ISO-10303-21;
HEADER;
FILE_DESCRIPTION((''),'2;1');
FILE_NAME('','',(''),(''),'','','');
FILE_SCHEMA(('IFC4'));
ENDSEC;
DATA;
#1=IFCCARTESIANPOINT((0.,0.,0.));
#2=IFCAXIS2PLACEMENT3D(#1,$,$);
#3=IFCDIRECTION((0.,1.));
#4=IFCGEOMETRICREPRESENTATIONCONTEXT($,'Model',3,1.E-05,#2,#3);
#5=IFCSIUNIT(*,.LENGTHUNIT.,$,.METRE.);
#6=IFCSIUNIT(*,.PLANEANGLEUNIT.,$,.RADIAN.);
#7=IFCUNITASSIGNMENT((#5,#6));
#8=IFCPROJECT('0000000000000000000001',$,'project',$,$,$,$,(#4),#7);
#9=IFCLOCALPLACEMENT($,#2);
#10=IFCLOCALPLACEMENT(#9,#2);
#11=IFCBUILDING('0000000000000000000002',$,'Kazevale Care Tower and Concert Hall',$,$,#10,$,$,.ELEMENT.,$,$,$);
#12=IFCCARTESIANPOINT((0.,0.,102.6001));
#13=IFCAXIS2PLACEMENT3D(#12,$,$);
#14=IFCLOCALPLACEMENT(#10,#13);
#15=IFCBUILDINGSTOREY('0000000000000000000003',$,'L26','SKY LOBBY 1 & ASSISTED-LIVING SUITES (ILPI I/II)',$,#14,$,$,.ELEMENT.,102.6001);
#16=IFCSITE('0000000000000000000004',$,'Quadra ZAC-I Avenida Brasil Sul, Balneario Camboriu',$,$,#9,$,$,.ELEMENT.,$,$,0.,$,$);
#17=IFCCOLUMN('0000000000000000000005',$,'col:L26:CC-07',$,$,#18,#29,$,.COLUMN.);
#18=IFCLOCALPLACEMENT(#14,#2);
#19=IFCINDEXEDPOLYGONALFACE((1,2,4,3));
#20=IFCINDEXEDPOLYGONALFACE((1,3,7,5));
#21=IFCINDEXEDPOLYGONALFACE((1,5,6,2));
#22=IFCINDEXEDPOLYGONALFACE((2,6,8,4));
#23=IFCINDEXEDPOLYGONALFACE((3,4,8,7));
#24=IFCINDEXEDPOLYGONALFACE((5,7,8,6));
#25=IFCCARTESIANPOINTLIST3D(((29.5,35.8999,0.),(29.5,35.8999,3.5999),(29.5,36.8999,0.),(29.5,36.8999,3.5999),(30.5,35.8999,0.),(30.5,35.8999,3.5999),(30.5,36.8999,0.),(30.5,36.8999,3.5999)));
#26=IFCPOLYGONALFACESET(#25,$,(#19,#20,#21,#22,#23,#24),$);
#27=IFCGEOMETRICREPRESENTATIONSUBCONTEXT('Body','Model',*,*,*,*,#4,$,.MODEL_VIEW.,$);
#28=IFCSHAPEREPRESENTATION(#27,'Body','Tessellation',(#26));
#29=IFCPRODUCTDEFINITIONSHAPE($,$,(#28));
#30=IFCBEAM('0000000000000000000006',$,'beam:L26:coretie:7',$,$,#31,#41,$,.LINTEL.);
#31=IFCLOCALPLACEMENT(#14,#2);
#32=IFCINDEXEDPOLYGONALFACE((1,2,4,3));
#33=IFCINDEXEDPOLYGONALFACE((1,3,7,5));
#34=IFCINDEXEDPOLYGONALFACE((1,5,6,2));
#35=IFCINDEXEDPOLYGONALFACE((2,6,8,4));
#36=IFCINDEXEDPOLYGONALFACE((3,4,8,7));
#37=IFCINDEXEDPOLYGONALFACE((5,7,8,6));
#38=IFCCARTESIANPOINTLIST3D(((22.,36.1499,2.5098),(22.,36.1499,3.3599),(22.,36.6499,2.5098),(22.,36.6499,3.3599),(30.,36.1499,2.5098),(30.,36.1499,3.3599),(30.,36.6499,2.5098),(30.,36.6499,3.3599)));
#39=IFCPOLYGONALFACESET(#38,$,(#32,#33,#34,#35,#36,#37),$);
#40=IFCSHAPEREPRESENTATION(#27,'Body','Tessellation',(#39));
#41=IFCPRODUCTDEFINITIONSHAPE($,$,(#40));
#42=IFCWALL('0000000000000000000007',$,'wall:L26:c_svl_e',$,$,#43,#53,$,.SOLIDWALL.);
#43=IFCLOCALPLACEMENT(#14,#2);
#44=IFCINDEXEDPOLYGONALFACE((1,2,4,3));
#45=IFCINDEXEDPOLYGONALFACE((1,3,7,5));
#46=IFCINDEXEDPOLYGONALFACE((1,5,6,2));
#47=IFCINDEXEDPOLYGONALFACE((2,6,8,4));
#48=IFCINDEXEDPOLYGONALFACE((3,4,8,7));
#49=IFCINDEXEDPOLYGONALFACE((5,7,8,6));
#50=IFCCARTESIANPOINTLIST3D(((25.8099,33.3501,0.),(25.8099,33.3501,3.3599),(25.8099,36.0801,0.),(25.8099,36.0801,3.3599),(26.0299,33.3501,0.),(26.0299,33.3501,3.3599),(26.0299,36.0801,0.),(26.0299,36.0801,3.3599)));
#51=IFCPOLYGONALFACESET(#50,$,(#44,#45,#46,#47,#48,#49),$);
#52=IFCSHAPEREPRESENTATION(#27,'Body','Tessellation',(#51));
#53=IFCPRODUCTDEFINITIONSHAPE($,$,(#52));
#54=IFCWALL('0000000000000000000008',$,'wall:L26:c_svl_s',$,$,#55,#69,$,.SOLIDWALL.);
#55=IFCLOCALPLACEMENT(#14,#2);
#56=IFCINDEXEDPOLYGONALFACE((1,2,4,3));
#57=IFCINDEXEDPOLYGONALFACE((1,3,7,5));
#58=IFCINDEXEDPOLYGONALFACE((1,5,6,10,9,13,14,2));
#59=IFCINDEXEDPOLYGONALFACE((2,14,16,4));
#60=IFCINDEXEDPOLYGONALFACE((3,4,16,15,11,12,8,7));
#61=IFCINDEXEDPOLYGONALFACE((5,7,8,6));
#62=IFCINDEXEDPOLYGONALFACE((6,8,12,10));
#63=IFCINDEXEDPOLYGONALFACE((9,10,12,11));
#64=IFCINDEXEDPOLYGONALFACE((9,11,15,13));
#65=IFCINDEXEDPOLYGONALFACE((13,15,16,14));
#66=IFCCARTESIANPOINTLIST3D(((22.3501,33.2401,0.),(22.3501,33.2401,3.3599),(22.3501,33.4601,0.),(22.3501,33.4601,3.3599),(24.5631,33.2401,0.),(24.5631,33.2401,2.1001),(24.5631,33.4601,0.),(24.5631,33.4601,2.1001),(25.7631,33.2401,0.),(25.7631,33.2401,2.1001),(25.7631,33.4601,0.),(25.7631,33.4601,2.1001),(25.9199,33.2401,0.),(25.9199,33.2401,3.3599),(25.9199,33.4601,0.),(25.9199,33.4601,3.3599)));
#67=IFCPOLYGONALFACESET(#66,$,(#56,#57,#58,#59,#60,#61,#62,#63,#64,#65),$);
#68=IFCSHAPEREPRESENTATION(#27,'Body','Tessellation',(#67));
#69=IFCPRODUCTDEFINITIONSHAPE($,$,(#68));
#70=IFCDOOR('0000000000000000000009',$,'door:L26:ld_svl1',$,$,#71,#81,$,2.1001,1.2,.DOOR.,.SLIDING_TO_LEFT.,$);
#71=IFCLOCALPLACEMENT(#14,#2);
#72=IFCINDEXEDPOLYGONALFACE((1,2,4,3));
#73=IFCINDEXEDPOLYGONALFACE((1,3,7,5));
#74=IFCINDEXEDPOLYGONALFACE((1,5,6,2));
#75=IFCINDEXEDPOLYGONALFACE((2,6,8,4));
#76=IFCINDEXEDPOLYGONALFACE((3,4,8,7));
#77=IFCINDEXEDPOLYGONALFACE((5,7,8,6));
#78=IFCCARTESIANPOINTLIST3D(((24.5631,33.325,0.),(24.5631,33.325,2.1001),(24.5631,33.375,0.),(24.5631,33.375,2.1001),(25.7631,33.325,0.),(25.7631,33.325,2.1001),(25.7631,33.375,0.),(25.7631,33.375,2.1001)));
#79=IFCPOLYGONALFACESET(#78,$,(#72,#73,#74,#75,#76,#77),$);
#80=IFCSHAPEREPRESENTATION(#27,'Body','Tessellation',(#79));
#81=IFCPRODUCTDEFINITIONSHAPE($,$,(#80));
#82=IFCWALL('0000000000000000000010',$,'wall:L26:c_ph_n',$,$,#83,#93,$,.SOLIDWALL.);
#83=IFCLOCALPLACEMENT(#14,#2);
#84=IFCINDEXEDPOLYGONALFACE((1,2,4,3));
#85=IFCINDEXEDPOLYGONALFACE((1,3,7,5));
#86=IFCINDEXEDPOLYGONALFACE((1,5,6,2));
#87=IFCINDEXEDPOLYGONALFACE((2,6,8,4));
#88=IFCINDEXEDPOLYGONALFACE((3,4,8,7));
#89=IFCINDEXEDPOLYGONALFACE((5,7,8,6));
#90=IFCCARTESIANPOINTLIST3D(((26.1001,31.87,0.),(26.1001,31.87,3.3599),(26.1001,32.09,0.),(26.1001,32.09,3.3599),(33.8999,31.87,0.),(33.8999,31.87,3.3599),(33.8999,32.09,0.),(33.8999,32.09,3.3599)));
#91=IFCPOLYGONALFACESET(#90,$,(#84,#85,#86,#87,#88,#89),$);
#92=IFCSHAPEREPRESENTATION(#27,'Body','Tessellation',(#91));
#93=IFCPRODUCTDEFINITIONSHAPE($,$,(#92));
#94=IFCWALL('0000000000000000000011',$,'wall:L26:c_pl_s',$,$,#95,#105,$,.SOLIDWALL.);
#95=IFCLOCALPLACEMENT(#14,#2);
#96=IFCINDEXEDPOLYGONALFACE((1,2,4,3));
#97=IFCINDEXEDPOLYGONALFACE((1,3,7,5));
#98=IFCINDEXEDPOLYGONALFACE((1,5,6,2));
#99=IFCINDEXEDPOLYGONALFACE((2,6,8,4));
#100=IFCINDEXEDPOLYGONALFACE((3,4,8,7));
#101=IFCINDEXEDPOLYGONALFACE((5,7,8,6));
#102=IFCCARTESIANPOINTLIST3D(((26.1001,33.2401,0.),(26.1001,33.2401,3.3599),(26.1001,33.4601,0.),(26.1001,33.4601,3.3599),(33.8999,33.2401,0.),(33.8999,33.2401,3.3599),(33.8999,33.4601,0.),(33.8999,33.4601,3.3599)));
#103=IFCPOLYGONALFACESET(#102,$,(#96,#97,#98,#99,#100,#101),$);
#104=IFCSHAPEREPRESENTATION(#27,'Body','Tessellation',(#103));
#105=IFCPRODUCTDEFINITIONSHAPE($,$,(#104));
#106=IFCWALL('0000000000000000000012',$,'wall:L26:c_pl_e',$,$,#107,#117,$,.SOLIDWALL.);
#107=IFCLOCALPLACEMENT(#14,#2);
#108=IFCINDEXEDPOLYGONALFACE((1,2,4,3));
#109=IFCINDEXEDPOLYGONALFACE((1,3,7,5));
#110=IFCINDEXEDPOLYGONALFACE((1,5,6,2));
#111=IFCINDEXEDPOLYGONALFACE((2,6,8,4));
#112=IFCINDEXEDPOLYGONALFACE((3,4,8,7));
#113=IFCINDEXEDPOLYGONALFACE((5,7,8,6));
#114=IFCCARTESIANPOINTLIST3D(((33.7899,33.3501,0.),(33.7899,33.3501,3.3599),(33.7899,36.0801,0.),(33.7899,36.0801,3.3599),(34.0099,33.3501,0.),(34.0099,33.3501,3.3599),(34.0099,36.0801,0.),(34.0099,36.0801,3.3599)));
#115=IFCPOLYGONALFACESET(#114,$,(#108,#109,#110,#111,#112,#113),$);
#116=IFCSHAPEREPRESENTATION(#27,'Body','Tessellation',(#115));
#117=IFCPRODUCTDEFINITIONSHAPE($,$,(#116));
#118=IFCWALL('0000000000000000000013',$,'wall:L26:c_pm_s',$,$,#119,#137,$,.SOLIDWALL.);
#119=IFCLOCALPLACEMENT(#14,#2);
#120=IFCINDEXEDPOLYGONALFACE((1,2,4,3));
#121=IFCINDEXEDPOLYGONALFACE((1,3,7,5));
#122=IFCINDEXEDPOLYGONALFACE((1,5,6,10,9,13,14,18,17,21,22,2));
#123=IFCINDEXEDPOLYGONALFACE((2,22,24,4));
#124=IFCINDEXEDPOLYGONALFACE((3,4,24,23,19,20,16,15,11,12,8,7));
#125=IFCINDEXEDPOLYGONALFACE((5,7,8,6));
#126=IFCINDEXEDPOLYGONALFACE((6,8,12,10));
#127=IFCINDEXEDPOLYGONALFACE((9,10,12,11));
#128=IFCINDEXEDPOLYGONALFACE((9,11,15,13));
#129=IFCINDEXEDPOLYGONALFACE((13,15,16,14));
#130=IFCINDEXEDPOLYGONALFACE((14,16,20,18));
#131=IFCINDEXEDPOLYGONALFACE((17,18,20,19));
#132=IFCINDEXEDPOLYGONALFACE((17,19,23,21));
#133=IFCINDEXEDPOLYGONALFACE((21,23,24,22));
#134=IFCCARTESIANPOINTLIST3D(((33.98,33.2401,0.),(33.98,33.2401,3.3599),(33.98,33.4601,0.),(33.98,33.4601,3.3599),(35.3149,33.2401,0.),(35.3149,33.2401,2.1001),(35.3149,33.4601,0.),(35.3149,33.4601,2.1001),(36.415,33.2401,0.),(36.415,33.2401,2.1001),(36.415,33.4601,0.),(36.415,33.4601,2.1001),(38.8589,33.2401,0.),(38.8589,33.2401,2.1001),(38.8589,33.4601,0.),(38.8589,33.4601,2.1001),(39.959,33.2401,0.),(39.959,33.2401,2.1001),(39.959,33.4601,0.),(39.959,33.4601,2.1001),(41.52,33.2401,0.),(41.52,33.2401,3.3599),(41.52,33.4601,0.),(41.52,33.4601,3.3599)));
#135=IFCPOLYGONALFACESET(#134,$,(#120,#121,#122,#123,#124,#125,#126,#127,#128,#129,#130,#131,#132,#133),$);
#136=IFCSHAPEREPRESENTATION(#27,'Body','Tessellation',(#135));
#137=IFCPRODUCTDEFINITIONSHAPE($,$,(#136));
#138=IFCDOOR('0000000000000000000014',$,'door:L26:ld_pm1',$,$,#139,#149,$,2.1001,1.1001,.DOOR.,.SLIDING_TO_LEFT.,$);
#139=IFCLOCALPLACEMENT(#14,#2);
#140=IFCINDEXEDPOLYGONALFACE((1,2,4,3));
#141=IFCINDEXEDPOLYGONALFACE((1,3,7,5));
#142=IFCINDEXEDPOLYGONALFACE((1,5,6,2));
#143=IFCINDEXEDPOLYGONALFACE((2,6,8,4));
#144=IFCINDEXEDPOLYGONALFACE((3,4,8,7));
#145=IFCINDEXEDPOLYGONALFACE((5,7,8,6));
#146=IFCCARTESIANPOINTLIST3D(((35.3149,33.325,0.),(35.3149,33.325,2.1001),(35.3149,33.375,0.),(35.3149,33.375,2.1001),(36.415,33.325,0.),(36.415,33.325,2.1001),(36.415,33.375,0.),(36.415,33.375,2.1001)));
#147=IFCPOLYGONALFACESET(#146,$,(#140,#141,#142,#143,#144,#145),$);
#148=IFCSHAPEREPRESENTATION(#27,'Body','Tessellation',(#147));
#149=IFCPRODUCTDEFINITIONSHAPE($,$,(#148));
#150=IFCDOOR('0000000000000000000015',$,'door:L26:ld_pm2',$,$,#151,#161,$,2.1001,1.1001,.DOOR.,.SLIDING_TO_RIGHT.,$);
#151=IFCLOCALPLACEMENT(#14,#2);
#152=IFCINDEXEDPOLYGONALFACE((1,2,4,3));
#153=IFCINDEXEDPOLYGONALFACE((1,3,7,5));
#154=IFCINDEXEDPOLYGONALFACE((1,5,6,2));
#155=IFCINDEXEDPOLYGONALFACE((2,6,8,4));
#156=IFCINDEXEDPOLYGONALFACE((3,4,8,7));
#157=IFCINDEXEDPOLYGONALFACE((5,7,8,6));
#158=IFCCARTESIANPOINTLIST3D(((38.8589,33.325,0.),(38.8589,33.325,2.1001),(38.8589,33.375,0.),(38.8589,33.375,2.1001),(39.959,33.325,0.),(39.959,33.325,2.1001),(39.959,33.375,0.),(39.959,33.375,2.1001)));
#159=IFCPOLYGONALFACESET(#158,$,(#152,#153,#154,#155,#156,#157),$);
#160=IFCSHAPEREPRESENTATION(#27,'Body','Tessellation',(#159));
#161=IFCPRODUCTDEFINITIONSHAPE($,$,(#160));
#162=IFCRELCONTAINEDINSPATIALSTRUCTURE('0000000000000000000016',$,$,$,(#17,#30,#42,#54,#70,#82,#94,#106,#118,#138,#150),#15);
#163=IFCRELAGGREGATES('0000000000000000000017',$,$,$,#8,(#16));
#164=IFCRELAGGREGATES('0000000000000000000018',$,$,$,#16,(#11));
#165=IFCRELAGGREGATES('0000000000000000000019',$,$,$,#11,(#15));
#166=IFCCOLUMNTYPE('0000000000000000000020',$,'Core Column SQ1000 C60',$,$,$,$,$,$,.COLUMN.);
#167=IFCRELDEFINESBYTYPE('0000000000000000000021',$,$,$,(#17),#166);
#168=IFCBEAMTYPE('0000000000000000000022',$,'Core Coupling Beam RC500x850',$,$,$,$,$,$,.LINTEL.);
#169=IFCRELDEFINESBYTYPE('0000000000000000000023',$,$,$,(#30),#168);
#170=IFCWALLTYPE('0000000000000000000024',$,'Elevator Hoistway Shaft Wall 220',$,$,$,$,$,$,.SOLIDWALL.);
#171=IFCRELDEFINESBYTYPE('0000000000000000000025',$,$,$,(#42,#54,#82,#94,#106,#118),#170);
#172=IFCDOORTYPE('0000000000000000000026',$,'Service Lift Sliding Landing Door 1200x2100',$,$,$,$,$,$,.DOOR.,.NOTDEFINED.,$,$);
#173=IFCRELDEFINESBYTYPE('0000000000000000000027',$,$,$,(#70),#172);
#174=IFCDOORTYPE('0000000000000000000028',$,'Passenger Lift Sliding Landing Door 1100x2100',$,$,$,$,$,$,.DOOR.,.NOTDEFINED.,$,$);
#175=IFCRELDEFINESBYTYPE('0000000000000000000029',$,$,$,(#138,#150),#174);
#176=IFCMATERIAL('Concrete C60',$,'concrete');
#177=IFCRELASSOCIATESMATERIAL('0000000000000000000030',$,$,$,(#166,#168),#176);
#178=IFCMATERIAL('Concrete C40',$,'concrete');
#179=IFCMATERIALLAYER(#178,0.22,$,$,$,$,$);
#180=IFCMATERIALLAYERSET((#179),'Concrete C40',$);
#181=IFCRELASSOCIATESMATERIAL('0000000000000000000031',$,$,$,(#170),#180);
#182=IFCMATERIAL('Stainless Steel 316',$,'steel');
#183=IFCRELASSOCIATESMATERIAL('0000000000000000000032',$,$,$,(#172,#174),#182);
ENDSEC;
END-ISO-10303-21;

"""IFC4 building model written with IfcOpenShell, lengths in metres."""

from ifc_helpers import new_model, si_unit, direction, frame, frame_2d, origin, origin_2d, place, context, subcontext, project, spatial, rectangle, extrude, material, layer, layer_set, material_profile, profile_set, type_object, element, fill, save


model = new_model("IFC4")

# Units and contexts
model_context = context("Model", 3, precision=1e-05, world=origin(), true_north=direction((0.0, 1.0)))
body_context = subcontext(model_context, "Body", "Model", "MODEL_VIEW")
ifc_project = project(units=[si_unit("LENGTHUNIT", "METRE"), si_unit("PLANEANGLEUNIT", "RADIAN")], contexts=[model_context])

# Site, building, storey
site_placement = place(None, origin())
site = spatial("IfcSite", under=ifc_project, at=site_placement, Name="Quadra ZAC-I Avenida Brasil Sul, Balneario Camboriu", CompositionType="ELEMENT", RefElevation=0.0)
building_placement = place(site_placement, origin())
building = spatial("IfcBuilding", under=site, at=building_placement, Name="Kazevale Care Tower and Concert Hall", CompositionType="ELEMENT")
storey_placement = place(building_placement, frame((0.0, 0.0, 102.6001)))
storey = spatial("IfcBuildingStorey", under=building, at=storey_placement, Name="L26", Description="SKY LOBBY 1 & ASSISTED-LIVING SUITES (ILPI I/II)", CompositionType="ELEMENT", Elevation=102.6001)

# Column
ifc_material_1 = material(Name="Concrete C60", Category="concrete")
ifc_material_profile_1 = material_profile(ifc_material_1, rectangle(XDim=1.0, YDim=1.0, at=origin_2d()), Name="RC-SQ1000")
ifc_profile_set_1 = profile_set([ifc_material_profile_1], Name="Concrete C60")
column_type = type_object("IfcColumnType", Name="Core Column SQ1000 C60", PredefinedType="COLUMN", material=ifc_profile_set_1)
column_placement = place(storey_placement, frame((30.0, 36.3999, 0.0), z_axis=(0.0, 0.0, 1.0), x_axis=(1.0, 0.0, 0.0)))
element("IfcColumn", 1, at=column_placement, inside=storey, type_object=column_type, Name="col:L26:CC-07", PredefinedType="COLUMN", context=body_context, shape_type="SweptSolid", body=[
    extrude(rectangle(XDim=1.0, YDim=1.0, at=origin_2d()), origin(), (0.0, 0.0, 1.0), 3.5999),
])

# Beam
ifc_material_profile_2 = material_profile(ifc_material_1, rectangle(XDim=0.5, YDim=0.8501, at=origin_2d()), Name="RC-B500x850")
ifc_profile_set_2 = profile_set([ifc_material_profile_2], Name="Concrete C60")
beam_type = type_object("IfcBeamType", Name="Core Coupling Beam RC500x850", PredefinedType="LINTEL", material=ifc_profile_set_2)
beam_placement = place(storey_placement, frame((30.0, 36.3999, 2.9348), z_axis=(-1.0, 0.0, 0.0), x_axis=(0.0, -1.0, 0.0)))
element("IfcBeam", 2, at=beam_placement, inside=storey, type_object=beam_type, Name="beam:L26:coretie:7", PredefinedType="LINTEL", context=body_context, shape_type="SweptSolid", body=[
    extrude(rectangle(XDim=0.5, YDim=0.8501, at=origin_2d()), origin(), (0.0, 0.0, 1.0), 8.0),
])

# Wall
ifc_material_2 = material(Name="Concrete C40", Category="concrete")
ifc_layer_1 = layer(ifc_material_2, 0.22)
ifc_layer_set_1 = layer_set([ifc_layer_1], Name="Concrete C40")
wall_type_1 = type_object("IfcWallType", Name="Elevator Hoistway Shaft Wall 220", PredefinedType="SOLIDWALL", material=ifc_layer_set_1)
wall_1_placement = place(storey_placement, frame((25.9199, 33.3501, 0.0), z_axis=(0.0, 0.0, 1.0), x_axis=(0.0, 1.0, 0.0)))
element("IfcWall", 3, at=wall_1_placement, inside=storey, type_object=wall_type_1, Name="wall:L26:c_svl_e", PredefinedType="SOLIDWALL", context=body_context, shape_type="SweptSolid", body=[
    extrude(rectangle(XDim=2.73, YDim=0.22, at=frame_2d((1.365, 0.0))), origin(), (0.0, 0.0, 1.0), 3.3599),
])

# Wall, opening, door
wall_2_placement = place(storey_placement, frame((22.3501, 33.3501, 0.0), z_axis=(0.0, 0.0, 1.0), x_axis=(1.0, 0.0, 0.0)))
wall_2 = element("IfcWall", 4, at=wall_2_placement, inside=storey, type_object=wall_type_1, Name="wall:L26:c_svl_s", PredefinedType="SOLIDWALL", context=body_context, shape_type="SweptSolid", body=[
    extrude(rectangle(XDim=3.5698, YDim=0.22, at=frame_2d((1.7849, 0.0))), origin(), (0.0, 0.0, 1.0), 3.3599),
])
opening_1_placement = place(wall_2_placement, frame((2.2129, 0.0, 0.0)))
opening_1 = element("IfcOpeningElement", 5, at=opening_1_placement, cuts=wall_2, PredefinedType="OPENING", context=body_context, shape_type="SweptSolid", body=[
    extrude(rectangle(XDim=1.2, YDim=2.1001, at=frame_2d((0.6001, 1.05))), frame((0.0, 0.1199, 0.0), z_axis=(0.0, -1.0, 0.0), x_axis=(1.0, 0.0, 0.0)), (0.0, 0.0, 1.0), 0.24),
])
ifc_material_3 = material(Name="Stainless Steel 316", Category="steel")
door_type_1 = type_object("IfcDoorType", Name="Service Lift Sliding Landing Door 1200x2100", OperationType="NOTDEFINED", PredefinedType="DOOR", material=ifc_material_3)
door_1_placement = place(opening_1_placement, origin())
door_1 = element("IfcDoor", 6, at=door_1_placement, inside=storey, type_object=door_type_1, Name="door:L26:ld_svl1", OperationType="SLIDING_TO_LEFT", OverallHeight=2.1001, OverallWidth=1.2, PredefinedType="DOOR", context=body_context, shape_type="SweptSolid", body=[
    extrude(rectangle(XDim=1.2, YDim=2.1001, at=frame_2d((0.6001, 1.05))), frame((0.0, 0.0249, 0.0), z_axis=(0.0, -1.0, 0.0), x_axis=(1.0, 0.0, 0.0)), (0.0, 0.0, 1.0), 0.05),
])
fill(opening_1, door_1)

# Walls
for number, where, z_axis, x_axis, name in (
    (7, (26.1001, 31.98, 0.0), (0.0, 0.0, 1.0), (1.0, 0.0, 0.0), "wall:L26:c_ph_n"),
    (8, (26.1001, 33.3501, 0.0), (0.0, 0.0, 1.0), (1.0, 0.0, 0.0), "wall:L26:c_pl_s"),
):
    element("IfcWall", number, at=place(storey_placement, frame(where, z_axis=z_axis, x_axis=x_axis)), inside=storey, type_object=wall_type_1, Name=name, PredefinedType="SOLIDWALL", context=body_context, shape_type="SweptSolid", body=[
        extrude(rectangle(XDim=7.7998, YDim=0.22, at=frame_2d((3.8999, 0.0))), origin(), (0.0, 0.0, 1.0), 3.3599),
    ])
wall_3_placement = place(storey_placement, frame((33.8999, 33.3501, 0.0), z_axis=(0.0, 0.0, 1.0), x_axis=(0.0, 1.0, 0.0)))
element("IfcWall", 9, at=wall_3_placement, inside=storey, type_object=wall_type_1, Name="wall:L26:c_pl_e", PredefinedType="SOLIDWALL", context=body_context, shape_type="SweptSolid", body=[
    extrude(rectangle(XDim=2.73, YDim=0.22, at=frame_2d((1.365, 0.0))), origin(), (0.0, 0.0, 1.0), 3.3599),
])

# Wall, openings, doors
wall_4_placement = place(storey_placement, frame((33.98, 33.3501, 0.0), z_axis=(0.0, 0.0, 1.0), x_axis=(1.0, 0.0, 0.0)))
wall_4 = element("IfcWall", 10, at=wall_4_placement, inside=storey, type_object=wall_type_1, Name="wall:L26:c_pm_s", PredefinedType="SOLIDWALL", context=body_context, shape_type="SweptSolid", body=[
    extrude(rectangle(XDim=7.54, YDim=0.22, at=frame_2d((3.77, 0.0))), origin(), (0.0, 0.0, 1.0), 3.3599),
])
opening_2_placement = place(wall_4_placement, frame((1.335, 0.0, 0.0)))
opening_2 = element("IfcOpeningElement", 11, at=opening_2_placement, cuts=wall_4, PredefinedType="OPENING", context=body_context, shape_type="SweptSolid", body=[
    extrude(rectangle(XDim=1.1001, YDim=2.1001, at=frame_2d((0.55, 1.05))), frame((0.0, 0.1199, 0.0), z_axis=(0.0, -1.0, 0.0), x_axis=(1.0, 0.0, 0.0)), (0.0, 0.0, 1.0), 0.24),
])
opening_3_placement = place(wall_4_placement, frame((4.8789, 0.0, 0.0)))
opening_3 = element("IfcOpeningElement", 12, at=opening_3_placement, cuts=wall_4, PredefinedType="OPENING", context=body_context, shape_type="SweptSolid", body=[
    extrude(rectangle(XDim=1.1001, YDim=2.1001, at=frame_2d((0.55, 1.05))), frame((0.0, 0.1199, 0.0), z_axis=(0.0, -1.0, 0.0), x_axis=(1.0, 0.0, 0.0)), (0.0, 0.0, 1.0), 0.24),
])
door_type_2 = type_object("IfcDoorType", Name="Passenger Lift Sliding Landing Door 1100x2100", OperationType="NOTDEFINED", PredefinedType="DOOR", material=ifc_material_3)
door_2_placement = place(opening_2_placement, origin())
door_2 = element("IfcDoor", 13, at=door_2_placement, inside=storey, type_object=door_type_2, Name="door:L26:ld_pm1", OperationType="SLIDING_TO_LEFT", OverallHeight=2.1001, OverallWidth=1.1001, PredefinedType="DOOR", context=body_context, shape_type="SweptSolid", body=[
    extrude(rectangle(XDim=1.1001, YDim=2.1001, at=frame_2d((0.55, 1.05))), frame((0.0, 0.0249, 0.0), z_axis=(0.0, -1.0, 0.0), x_axis=(1.0, 0.0, 0.0)), (0.0, 0.0, 1.0), 0.05),
])
fill(opening_2, door_2)
door_3_placement = place(opening_3_placement, origin())
door_3 = element("IfcDoor", 14, at=door_3_placement, inside=storey, type_object=door_type_2, Name="door:L26:ld_pm2", OperationType="SLIDING_TO_RIGHT", OverallHeight=2.1001, OverallWidth=1.1001, PredefinedType="DOOR", context=body_context, shape_type="SweptSolid", body=[
    extrude(rectangle(XDim=1.1001, YDim=2.1001, at=frame_2d((0.55, 1.05))), frame((0.0, 0.0249, 0.0), z_axis=(0.0, -1.0, 0.0), x_axis=(1.0, 0.0, 0.0)), (0.0, 0.0, 1.0), 0.05),
])
fill(opening_3, door_3)

save(model, "model.ifc")
